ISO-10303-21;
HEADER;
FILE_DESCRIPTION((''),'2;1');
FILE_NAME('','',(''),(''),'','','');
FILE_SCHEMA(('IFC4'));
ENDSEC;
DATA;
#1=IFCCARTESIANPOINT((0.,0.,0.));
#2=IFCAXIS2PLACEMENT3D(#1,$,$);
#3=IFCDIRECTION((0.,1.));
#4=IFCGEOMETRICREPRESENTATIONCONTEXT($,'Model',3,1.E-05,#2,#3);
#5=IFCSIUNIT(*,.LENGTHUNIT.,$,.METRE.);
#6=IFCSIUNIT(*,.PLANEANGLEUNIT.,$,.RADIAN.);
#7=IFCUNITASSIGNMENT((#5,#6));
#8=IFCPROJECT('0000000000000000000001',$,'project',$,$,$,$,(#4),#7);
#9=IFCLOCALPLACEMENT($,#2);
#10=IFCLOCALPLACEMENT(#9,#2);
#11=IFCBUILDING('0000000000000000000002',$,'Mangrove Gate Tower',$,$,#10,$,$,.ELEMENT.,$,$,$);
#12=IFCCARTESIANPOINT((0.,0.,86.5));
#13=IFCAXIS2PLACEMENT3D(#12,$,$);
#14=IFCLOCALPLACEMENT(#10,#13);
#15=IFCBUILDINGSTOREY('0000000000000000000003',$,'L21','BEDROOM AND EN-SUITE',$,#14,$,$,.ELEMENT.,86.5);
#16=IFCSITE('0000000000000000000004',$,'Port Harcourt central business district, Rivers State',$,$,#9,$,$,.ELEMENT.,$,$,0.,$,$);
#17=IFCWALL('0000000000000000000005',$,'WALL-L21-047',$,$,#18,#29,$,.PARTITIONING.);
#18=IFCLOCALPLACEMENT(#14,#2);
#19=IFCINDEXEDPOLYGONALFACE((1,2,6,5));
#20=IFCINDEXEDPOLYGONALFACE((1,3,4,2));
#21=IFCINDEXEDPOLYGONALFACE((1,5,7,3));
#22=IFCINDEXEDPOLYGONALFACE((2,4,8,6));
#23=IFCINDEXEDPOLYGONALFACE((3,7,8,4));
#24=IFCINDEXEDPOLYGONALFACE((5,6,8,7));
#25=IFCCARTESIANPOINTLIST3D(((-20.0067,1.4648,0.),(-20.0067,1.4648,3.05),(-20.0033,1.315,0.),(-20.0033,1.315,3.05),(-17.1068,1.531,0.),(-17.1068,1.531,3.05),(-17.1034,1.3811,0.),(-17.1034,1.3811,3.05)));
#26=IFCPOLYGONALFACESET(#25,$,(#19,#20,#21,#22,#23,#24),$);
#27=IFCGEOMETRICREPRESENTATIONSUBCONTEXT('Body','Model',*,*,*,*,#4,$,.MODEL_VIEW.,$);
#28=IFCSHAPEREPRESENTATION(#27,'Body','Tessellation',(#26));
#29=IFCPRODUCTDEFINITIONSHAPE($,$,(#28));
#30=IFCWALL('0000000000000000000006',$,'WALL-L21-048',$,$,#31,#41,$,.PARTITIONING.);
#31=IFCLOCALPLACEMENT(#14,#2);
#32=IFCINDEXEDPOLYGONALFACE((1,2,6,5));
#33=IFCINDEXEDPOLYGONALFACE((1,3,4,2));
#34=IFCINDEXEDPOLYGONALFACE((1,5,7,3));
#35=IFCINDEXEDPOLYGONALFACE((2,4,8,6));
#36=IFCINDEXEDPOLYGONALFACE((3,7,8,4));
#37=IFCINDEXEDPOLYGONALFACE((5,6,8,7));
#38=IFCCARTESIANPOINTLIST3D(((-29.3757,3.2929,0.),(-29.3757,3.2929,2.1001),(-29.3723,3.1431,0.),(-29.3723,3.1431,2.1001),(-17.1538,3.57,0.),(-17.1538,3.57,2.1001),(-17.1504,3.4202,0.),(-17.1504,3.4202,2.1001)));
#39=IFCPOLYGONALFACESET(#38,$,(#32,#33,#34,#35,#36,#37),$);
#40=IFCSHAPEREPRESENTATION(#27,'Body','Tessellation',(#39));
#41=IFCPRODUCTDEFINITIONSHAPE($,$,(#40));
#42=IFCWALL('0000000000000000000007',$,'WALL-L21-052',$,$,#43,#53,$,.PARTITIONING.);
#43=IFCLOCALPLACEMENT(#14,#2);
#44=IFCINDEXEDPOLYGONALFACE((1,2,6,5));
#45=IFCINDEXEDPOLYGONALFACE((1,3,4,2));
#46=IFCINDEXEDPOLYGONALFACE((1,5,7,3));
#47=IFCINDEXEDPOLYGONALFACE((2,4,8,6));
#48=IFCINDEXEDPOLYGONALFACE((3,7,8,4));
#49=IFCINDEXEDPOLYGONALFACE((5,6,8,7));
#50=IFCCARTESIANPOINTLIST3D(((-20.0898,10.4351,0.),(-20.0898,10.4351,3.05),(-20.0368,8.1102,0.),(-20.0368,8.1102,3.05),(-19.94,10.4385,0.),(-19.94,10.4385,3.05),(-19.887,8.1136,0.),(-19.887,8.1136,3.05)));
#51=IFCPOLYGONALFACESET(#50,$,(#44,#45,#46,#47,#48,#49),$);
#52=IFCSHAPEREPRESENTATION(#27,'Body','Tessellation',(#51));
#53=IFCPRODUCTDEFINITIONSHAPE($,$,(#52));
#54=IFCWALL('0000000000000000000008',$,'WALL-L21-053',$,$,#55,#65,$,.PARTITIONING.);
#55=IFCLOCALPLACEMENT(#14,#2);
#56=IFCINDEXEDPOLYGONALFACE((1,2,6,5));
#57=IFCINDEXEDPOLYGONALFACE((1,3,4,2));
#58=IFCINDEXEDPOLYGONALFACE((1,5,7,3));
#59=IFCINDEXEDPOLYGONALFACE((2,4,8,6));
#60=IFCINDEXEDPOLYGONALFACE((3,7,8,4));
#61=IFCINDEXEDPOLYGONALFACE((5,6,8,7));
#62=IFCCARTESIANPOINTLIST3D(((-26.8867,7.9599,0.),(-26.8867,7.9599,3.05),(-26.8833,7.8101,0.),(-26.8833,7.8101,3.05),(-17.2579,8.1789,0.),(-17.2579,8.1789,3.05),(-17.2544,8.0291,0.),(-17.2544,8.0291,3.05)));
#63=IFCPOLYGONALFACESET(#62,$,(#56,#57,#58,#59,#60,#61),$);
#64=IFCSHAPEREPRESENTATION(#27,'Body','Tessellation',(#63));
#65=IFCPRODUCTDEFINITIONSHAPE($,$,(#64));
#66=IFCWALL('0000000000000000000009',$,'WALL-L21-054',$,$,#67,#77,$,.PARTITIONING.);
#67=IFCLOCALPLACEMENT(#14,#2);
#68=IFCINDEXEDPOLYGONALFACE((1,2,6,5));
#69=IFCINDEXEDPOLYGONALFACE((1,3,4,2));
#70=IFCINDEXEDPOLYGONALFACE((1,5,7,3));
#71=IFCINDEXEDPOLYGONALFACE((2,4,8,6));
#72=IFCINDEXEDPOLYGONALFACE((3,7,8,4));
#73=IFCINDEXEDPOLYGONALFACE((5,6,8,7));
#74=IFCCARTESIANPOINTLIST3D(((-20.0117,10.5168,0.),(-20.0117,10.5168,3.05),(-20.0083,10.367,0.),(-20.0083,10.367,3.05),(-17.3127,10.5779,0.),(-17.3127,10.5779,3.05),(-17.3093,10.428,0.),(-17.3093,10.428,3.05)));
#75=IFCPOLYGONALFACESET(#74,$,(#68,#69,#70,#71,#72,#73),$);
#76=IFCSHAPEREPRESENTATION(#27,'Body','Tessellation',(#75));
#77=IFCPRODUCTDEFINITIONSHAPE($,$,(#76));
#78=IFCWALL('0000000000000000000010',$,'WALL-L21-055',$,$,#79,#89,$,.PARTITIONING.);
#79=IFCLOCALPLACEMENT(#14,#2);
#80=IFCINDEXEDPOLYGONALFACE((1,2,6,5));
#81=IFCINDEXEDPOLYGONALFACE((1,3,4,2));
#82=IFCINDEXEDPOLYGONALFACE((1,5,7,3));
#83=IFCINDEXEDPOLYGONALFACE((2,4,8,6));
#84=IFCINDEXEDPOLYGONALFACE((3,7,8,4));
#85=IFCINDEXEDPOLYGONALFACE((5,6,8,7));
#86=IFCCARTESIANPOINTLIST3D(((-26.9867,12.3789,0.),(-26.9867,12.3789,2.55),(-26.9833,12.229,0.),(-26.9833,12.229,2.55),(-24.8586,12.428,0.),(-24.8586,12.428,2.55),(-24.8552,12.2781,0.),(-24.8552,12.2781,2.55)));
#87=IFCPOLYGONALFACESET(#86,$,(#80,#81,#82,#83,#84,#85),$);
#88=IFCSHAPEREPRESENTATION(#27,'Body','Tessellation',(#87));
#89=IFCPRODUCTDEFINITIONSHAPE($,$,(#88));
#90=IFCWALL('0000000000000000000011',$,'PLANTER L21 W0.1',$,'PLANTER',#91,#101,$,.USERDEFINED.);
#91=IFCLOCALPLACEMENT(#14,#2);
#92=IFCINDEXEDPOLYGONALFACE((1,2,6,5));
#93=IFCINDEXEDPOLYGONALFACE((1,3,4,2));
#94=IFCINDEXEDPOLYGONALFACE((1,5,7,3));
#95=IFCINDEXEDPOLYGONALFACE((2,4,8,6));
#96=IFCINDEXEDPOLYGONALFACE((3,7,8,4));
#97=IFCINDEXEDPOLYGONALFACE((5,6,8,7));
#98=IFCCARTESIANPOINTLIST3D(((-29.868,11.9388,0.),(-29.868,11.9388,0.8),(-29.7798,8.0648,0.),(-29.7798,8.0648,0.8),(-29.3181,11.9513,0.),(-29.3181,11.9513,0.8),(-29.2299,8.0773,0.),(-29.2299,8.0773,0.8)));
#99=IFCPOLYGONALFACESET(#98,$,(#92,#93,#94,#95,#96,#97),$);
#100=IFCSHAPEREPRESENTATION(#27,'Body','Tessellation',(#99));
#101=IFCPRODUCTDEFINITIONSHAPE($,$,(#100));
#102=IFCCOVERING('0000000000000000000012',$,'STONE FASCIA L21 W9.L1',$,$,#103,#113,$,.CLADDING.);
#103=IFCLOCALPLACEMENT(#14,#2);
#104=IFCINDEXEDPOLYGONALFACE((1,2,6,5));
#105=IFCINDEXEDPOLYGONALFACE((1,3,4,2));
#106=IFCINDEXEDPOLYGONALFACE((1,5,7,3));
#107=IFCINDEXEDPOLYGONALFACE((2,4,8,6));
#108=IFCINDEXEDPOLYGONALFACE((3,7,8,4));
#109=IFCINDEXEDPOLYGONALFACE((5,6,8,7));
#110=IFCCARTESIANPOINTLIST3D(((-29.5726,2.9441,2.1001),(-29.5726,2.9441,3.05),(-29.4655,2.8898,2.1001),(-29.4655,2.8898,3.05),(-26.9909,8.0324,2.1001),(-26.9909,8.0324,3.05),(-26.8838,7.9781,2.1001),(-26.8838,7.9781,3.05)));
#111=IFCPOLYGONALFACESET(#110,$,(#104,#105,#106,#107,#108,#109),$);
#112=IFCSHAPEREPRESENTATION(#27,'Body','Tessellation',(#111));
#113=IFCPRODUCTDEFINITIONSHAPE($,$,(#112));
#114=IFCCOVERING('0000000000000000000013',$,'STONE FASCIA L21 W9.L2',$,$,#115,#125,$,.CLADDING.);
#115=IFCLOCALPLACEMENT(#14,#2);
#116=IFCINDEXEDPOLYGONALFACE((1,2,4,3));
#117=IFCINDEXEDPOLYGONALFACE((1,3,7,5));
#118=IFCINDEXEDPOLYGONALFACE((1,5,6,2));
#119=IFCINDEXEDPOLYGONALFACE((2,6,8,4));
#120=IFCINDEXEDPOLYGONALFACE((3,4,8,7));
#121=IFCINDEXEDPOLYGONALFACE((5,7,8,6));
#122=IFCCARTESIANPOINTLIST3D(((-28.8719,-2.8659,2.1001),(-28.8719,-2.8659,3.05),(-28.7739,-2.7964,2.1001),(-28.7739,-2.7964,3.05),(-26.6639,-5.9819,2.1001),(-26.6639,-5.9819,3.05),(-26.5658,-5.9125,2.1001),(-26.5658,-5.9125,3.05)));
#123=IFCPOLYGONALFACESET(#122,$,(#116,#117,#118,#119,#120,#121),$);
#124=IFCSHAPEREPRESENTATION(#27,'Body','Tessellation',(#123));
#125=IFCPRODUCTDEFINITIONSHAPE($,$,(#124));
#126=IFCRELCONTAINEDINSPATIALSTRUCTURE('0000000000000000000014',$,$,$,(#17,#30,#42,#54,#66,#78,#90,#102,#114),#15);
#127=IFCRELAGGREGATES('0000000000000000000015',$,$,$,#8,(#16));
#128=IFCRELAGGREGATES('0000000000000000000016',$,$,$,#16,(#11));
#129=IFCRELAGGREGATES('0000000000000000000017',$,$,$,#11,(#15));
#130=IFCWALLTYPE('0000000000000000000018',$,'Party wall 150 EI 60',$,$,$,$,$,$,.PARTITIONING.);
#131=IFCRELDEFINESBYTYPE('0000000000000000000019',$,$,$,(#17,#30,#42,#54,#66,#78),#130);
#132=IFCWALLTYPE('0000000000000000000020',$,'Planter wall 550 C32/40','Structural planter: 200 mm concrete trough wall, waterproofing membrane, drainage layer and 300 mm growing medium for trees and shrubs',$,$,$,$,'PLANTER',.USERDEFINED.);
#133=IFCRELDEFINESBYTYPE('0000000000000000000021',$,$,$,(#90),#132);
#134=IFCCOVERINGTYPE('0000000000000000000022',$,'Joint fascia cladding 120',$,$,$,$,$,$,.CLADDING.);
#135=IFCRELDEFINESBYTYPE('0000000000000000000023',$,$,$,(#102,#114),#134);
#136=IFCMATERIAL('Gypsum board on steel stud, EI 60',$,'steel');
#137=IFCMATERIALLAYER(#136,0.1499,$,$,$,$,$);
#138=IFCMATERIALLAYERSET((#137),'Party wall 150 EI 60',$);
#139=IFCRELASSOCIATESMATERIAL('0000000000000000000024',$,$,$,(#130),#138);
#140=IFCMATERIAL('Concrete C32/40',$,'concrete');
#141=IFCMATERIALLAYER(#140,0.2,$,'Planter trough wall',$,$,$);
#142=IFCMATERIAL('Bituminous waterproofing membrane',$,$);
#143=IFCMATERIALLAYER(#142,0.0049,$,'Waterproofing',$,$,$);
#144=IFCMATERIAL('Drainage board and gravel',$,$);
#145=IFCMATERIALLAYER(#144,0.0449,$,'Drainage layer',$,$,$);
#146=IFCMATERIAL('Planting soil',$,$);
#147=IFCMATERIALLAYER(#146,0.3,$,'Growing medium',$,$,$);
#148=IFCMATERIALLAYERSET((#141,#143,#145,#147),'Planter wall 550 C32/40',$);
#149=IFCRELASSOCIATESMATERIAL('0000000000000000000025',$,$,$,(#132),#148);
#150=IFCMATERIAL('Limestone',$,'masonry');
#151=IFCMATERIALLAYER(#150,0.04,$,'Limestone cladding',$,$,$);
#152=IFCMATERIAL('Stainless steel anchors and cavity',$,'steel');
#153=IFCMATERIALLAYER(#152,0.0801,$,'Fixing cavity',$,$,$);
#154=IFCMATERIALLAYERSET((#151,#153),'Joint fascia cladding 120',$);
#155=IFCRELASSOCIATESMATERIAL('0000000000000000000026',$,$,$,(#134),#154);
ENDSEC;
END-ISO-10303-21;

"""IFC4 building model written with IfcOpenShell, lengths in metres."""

from ifc_helpers import new_model, si_unit, direction, frame, frame_2d, origin, place, context, subcontext, project, spatial, rectangle, extrude, material, layer, layer_set, type_object, element, save


model = new_model("IFC4")

# Units and contexts
model_context = context("Model", 3, precision=1e-05, world=origin(), true_north=direction((0.0, 1.0)))
body_context = subcontext(model_context, "Body", "Model", "MODEL_VIEW")
ifc_project = project(units=[si_unit("LENGTHUNIT", "METRE"), si_unit("PLANEANGLEUNIT", "RADIAN")], contexts=[model_context])

# Site, building, storey
site_placement = place(None, origin())
site = spatial("IfcSite", under=ifc_project, at=site_placement, Name="Port Harcourt central business district, Rivers State", CompositionType="ELEMENT", RefElevation=0.0)
building_placement = place(site_placement, origin())
building = spatial("IfcBuilding", under=site, at=building_placement, Name="Mangrove Gate Tower", CompositionType="ELEMENT")
storey_placement = place(building_placement, frame((0.0, 0.0, 86.5)))
storey = spatial("IfcBuildingStorey", under=building, at=storey_placement, Name="L21", Description="BEDROOM AND EN-SUITE", CompositionType="ELEMENT", Elevation=86.5)

# Shared definitions
ifc_material_1 = material(Name="Limestone", Category="masonry")

# Walls
ifc_material_2 = material(Name="Gypsum board on steel stud, EI 60", Category="steel")
ifc_layer_1 = layer(ifc_material_2, 0.1499)
ifc_layer_set_1 = layer_set([ifc_layer_1], Name="Party wall 150 EI 60")
wall_type_1 = type_object("IfcWallType", Name="Party wall 150 EI 60", PredefinedType="PARTITIONING", material=ifc_layer_set_1)
wall_1_placement = place(storey_placement, frame((-20.0049, 1.3899, 0.0), z_axis=(0.0, 0.0, 1.0), x_axis=(0.99974, 0.022809, 0.0)))
element("IfcWall", 1, at=wall_1_placement, inside=storey, type_object=wall_type_1, Name="WALL-L21-047", PredefinedType="PARTITIONING", context=body_context, shape_type="SweptSolid", body=[
    extrude(rectangle(XDim=2.9006, YDim=0.1499, at=frame_2d((1.4502, 0.0))), origin(), (0.0, 0.0, 1.0), 3.05),
])
wall_2_placement = place(storey_placement, frame((-29.374, 3.218, 0.0), z_axis=(0.0, 0.0, 1.0), x_axis=(0.999743, 0.022667, 0.0)))
element("IfcWall", 2, at=wall_2_placement, inside=storey, type_object=wall_type_1, Name="WALL-L21-048", PredefinedType="PARTITIONING", context=body_context, shape_type="SweptSolid", body=[
    extrude(rectangle(XDim=12.2251, YDim=0.1499, at=frame_2d((6.1125, 0.0))), origin(), (0.0, 0.0, 1.0), 2.1001),
])
wall_3_placement = place(storey_placement, frame((-19.9619, 8.1121, 0.0), z_axis=(0.0, 0.0, 1.0), x_axis=(-0.022781, 0.99974, 0.0)))
element("IfcWall", 3, at=wall_3_placement, inside=storey, type_object=wall_type_1, Name="WALL-L21-052", PredefinedType="PARTITIONING", context=body_context, shape_type="SweptSolid", body=[
    extrude(rectangle(XDim=2.3254, YDim=0.1499, at=frame_2d((1.1626, 0.0))), origin(), (0.0, 0.0, 1.0), 3.05),
])
wall_4_placement = place(storey_placement, frame((-26.885, 7.885, 0.0), z_axis=(0.0, 0.0, 1.0), x_axis=(0.999741, 0.022738, 0.0)))
element("IfcWall", 4, at=wall_4_placement, inside=storey, type_object=wall_type_1, Name="WALL-L21-053", PredefinedType="PARTITIONING", context=body_context, shape_type="SweptSolid", body=[
    extrude(rectangle(XDim=9.6313, YDim=0.1499, at=frame_2d((4.8157, 0.0))), origin(), (0.0, 0.0, 1.0), 3.05),
])
wall_5_placement = place(storey_placement, frame((-20.01, 10.4419, 0.0), z_axis=(0.0, 0.0, 1.0), x_axis=(0.999744, 0.022608, 0.0)))
element("IfcWall", 5, at=wall_5_placement, inside=storey, type_object=wall_type_1, Name="WALL-L21-054", PredefinedType="PARTITIONING", context=body_context, shape_type="SweptSolid", body=[
    extrude(rectangle(XDim=2.6997, YDim=0.1499, at=frame_2d((1.3499, 0.0))), origin(), (0.0, 0.0, 1.0), 3.05),
])
wall_6_placement = place(storey_placement, frame((-26.9851, 12.304, 0.0), z_axis=(0.0, 0.0, 1.0), x_axis=(0.999734, 0.023052, 0.0)))
element("IfcWall", 6, at=wall_6_placement, inside=storey, type_object=wall_type_1, Name="WALL-L21-055", PredefinedType="PARTITIONING", context=body_context, shape_type="SweptSolid", body=[
    extrude(rectangle(XDim=2.1287, YDim=0.1499, at=frame_2d((1.0645, 0.0))), origin(), (0.0, 0.0, 1.0), 2.55),
])
ifc_material_3 = material(Name="Concrete C32/40", Category="concrete")
ifc_layer_2 = layer(ifc_material_3, 0.2, Name="Planter trough wall")
ifc_material_4 = material(Name="Bituminous waterproofing membrane")
ifc_layer_3 = layer(ifc_material_4, 0.0049, Name="Waterproofing")
ifc_material_5 = material(Name="Drainage board and gravel")
ifc_layer_4 = layer(ifc_material_5, 0.0449, Name="Drainage layer")
ifc_material_6 = material(Name="Planting soil")
ifc_layer_5 = layer(ifc_material_6, 0.3, Name="Growing medium")
ifc_layer_set_2 = layer_set([ifc_layer_2, ifc_layer_3, ifc_layer_4, ifc_layer_5], Name="Planter wall 550 C32/40")
wall_type_2 = type_object("IfcWallType", Name="Planter wall 550 C32/40", Description="Structural planter: 200 mm concrete trough wall, waterproofing membrane, drainage layer and 300 mm growing medium for trees and shrubs", ElementType="PLANTER", PredefinedType="USERDEFINED", material=ifc_layer_set_2)
wall_7_placement = place(storey_placement, frame((-29.5049, 8.071, 0.0), z_axis=(0.0, 0.0, 1.0), x_axis=(-0.022744, 0.999741, 0.0)))
element("IfcWall", 7, at=wall_7_placement, inside=storey, type_object=wall_type_2, Name="PLANTER L21 W0.1", ObjectType="PLANTER", PredefinedType="USERDEFINED", context=body_context, shape_type="SweptSolid", body=[
    extrude(rectangle(XDim=3.875, YDim=0.55, at=frame_2d((1.9375, 0.0))), origin(), (0.0, 0.0, 1.0), 0.8),
])

# Coverings
ifc_layer_6 = layer(ifc_material_1, 0.04, Name="Limestone cladding")
ifc_material_7 = material(Name="Stainless steel anchors and cavity", Category="steel")
ifc_layer_7 = layer(ifc_material_7, 0.0801, Name="Fixing cavity")
ifc_layer_set_3 = layer_set([ifc_layer_6, ifc_layer_7], Name="Joint fascia cladding 120")
covering_type = type_object("IfcCoveringType", Name="Joint fascia cladding 120", PredefinedType="CLADDING", material=ifc_layer_set_3)
covering_1_placement = place(storey_placement, frame((-26.9373, 8.0054, 2.1001), z_axis=(0.0, 0.0, 1.0), x_axis=(-0.452477, -0.891776, 0.0)))
element("IfcCovering", 8, at=covering_1_placement, inside=storey, type_object=covering_type, Name="STONE FASCIA L21 W9.L1", PredefinedType="CLADDING", context=body_context, shape_type="SweptSolid", body=[
    extrude(rectangle(XDim=5.7058, YDim=0.1201, at=frame_2d((2.853, 0.0))), origin(), (0.0, 0.0, 1.0), 0.95),
])
covering_2_placement = place(storey_placement, frame((-28.823, -2.8311, 2.1001), z_axis=(0.0, 0.0, 1.0), x_axis=(0.578168, -0.815918, 0.0)))
element("IfcCovering", 9, at=covering_2_placement, inside=storey, type_object=covering_type, Name="STONE FASCIA L21 W9.L2", PredefinedType="CLADDING", context=body_context, shape_type="SweptSolid", body=[
    extrude(rectangle(XDim=3.8191, YDim=0.1201, at=frame_2d((1.9097, 0.0))), origin(), (0.0, 0.0, 1.0), 0.95),
])

save(model, "model.ifc")
